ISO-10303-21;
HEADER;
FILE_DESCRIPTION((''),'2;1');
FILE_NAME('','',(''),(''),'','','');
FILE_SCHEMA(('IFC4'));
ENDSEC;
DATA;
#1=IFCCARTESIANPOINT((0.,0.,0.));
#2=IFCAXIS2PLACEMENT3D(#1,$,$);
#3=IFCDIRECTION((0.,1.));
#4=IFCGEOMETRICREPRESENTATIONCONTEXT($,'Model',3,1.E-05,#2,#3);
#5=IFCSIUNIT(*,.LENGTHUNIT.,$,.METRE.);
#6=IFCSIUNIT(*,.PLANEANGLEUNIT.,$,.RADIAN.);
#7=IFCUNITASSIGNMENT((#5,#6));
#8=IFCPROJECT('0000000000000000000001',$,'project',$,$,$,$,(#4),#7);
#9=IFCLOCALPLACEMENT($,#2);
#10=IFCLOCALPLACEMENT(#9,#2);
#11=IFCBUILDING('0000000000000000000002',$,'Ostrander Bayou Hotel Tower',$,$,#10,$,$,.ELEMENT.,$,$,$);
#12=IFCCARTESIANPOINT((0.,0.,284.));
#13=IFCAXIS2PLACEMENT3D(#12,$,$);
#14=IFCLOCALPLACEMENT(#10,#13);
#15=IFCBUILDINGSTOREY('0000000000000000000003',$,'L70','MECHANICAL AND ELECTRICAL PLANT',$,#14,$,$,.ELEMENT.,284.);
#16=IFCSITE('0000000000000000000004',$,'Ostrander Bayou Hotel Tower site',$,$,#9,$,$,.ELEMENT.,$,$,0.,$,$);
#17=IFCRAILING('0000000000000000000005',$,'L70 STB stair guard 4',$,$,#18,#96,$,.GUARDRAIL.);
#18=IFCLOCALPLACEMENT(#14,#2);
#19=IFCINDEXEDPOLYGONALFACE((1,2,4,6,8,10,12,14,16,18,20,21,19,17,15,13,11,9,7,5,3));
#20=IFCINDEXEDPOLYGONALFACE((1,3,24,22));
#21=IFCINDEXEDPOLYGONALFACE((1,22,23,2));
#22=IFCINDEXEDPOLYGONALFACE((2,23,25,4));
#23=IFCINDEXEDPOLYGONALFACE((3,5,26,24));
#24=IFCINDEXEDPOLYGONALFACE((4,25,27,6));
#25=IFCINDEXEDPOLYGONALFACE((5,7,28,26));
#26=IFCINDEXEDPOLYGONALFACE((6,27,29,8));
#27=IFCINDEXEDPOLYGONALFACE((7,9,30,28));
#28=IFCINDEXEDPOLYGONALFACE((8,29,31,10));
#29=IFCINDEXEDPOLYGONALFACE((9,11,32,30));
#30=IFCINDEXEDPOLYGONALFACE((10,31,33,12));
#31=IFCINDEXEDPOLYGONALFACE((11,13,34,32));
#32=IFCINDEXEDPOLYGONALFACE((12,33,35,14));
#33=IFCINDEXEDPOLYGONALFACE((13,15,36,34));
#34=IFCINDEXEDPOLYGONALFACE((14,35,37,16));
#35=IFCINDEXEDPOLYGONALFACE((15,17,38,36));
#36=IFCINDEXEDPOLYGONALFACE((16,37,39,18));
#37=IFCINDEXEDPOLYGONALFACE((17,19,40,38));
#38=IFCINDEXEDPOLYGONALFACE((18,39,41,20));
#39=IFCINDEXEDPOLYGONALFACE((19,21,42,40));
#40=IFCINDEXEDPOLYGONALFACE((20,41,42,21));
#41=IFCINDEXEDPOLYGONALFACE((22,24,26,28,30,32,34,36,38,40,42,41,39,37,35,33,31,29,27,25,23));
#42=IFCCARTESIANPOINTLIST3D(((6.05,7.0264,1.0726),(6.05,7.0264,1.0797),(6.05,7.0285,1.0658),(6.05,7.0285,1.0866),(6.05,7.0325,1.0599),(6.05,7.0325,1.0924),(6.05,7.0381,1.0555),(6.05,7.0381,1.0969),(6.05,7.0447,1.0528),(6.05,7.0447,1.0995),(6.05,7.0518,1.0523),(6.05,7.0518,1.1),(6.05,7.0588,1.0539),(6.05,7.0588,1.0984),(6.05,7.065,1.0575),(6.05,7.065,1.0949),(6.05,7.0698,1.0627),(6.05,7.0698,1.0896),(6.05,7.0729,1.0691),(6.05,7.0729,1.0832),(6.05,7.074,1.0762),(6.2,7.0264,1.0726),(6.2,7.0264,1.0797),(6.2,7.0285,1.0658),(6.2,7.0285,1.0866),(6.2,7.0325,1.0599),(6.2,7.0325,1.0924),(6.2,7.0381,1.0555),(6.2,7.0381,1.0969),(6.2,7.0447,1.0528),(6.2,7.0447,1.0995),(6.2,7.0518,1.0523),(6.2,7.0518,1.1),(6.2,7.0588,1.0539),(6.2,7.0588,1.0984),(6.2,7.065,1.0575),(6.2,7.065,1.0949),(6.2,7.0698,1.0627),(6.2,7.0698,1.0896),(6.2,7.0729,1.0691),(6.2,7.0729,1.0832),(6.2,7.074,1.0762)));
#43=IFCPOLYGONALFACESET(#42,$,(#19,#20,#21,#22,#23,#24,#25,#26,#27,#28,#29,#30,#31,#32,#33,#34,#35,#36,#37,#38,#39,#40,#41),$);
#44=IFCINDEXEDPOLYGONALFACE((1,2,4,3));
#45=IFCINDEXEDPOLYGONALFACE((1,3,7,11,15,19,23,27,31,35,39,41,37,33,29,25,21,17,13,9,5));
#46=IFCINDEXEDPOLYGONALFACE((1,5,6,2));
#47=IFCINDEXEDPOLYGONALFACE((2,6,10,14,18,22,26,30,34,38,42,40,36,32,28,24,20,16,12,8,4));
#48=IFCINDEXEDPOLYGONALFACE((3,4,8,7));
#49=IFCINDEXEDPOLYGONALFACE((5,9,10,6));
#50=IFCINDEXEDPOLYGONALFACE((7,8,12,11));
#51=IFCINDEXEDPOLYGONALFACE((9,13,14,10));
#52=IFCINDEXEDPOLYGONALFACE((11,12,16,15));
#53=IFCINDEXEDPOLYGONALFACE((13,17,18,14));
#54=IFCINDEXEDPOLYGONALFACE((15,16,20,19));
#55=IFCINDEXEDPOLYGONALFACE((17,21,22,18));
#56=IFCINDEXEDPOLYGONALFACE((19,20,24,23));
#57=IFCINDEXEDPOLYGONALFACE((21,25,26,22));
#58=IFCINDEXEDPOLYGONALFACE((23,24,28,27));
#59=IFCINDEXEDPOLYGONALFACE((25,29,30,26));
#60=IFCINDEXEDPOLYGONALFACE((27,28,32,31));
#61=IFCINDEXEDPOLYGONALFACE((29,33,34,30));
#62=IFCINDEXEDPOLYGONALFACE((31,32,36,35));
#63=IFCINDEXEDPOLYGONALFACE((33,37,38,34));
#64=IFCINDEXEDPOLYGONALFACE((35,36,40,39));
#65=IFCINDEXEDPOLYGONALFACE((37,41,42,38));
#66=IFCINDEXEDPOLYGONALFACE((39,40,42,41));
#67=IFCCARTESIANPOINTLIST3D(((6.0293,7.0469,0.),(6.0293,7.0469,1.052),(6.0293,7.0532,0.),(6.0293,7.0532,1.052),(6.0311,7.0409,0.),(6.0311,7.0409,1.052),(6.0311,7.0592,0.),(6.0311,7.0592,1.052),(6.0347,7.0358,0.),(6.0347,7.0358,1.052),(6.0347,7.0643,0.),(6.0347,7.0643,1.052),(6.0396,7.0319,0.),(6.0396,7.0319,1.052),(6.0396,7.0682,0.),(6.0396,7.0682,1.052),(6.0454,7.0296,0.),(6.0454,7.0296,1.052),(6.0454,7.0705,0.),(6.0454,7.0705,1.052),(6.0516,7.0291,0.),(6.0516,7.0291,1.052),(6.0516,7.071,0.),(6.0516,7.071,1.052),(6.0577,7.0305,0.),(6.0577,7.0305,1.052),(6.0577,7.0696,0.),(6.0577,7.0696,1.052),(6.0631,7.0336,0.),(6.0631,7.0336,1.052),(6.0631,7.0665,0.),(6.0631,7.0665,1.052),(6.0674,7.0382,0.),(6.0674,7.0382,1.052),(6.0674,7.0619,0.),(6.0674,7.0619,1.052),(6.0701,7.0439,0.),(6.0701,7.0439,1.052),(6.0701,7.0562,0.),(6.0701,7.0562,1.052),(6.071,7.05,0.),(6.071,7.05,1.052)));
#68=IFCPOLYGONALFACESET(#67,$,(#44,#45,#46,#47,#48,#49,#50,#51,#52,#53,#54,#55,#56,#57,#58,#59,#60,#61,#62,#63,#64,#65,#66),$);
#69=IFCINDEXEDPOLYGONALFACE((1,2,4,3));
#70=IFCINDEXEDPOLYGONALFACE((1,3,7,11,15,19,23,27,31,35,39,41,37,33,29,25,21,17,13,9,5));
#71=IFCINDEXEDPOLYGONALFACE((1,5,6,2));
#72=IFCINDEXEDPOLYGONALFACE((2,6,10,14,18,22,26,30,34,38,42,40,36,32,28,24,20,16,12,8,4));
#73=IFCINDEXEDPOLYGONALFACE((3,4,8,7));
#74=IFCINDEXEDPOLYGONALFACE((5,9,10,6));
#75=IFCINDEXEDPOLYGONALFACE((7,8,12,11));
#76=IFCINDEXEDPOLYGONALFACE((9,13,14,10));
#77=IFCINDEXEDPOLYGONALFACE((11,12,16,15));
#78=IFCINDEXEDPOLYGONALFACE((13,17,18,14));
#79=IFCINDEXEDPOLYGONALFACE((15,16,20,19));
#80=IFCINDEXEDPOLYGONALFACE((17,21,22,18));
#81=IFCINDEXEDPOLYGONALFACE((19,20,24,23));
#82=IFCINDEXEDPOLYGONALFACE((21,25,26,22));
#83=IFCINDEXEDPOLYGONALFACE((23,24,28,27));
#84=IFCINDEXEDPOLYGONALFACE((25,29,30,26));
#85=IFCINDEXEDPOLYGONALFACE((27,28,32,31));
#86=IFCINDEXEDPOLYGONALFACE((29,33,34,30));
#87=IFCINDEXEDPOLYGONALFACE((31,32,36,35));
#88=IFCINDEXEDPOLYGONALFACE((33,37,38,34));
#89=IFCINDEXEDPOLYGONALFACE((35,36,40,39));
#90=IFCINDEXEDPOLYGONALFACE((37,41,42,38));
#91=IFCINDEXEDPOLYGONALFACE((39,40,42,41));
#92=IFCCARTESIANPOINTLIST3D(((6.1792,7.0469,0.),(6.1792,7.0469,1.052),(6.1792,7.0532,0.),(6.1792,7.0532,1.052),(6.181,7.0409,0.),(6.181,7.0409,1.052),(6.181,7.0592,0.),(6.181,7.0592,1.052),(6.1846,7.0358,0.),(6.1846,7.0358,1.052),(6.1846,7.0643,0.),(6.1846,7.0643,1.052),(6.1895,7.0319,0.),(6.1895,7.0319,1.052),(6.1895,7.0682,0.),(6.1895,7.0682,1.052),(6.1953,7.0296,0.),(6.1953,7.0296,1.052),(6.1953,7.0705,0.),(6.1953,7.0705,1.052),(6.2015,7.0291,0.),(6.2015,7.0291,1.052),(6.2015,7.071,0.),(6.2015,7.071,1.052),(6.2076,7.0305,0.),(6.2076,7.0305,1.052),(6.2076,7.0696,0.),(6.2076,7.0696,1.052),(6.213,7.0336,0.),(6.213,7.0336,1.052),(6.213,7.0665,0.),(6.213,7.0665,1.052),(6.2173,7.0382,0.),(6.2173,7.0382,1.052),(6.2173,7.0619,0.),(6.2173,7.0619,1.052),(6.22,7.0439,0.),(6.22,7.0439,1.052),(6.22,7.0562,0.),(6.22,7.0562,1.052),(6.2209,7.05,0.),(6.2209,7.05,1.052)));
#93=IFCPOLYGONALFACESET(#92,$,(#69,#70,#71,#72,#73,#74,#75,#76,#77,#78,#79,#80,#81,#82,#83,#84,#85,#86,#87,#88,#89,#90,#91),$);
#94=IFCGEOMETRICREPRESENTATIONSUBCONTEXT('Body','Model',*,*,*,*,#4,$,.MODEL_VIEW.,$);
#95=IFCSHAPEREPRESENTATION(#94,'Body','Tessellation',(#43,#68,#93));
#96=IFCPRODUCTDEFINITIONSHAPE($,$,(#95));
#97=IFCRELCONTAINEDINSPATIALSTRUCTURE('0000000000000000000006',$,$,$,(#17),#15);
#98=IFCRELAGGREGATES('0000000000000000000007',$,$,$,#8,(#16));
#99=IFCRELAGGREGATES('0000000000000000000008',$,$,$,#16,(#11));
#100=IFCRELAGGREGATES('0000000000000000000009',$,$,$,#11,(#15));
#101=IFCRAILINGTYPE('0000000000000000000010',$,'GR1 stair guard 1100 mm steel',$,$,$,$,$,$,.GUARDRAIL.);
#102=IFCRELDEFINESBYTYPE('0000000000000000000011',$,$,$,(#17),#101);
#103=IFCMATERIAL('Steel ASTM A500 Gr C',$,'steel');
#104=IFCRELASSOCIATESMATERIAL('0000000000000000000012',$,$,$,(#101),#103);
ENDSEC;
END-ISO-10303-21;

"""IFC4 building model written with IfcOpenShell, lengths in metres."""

from ifc_helpers import new_model, si_unit, direction, frame, origin, origin_2d, place, context, subcontext, project, spatial, circle, extrude, material, type_object, element, save


model = new_model("IFC4")

# Units and contexts
model_context = context("Model", 3, precision=1e-05, world=origin(), true_north=direction((0.0, 1.0)))
body_context = subcontext(model_context, "Body", "Model", "MODEL_VIEW")
ifc_project = project(units=[si_unit("LENGTHUNIT", "METRE"), si_unit("PLANEANGLEUNIT", "RADIAN")], contexts=[model_context])

# Site, building, storey
site_placement = place(None, origin())
site = spatial("IfcSite", under=ifc_project, at=site_placement, Name="Ostrander Bayou Hotel Tower site", CompositionType="ELEMENT", RefElevation=0.0)
building_placement = place(site_placement, origin())
building = spatial("IfcBuilding", under=site, at=building_placement, Name="Ostrander Bayou Hotel Tower", CompositionType="ELEMENT")
storey_placement = place(building_placement, frame((0.0, 0.0, 284.0)))
storey = spatial("IfcBuildingStorey", under=building, at=storey_placement, Name="L70", Description="MECHANICAL AND ELECTRICAL PLANT", CompositionType="ELEMENT", Elevation=284.0)

# Railing
ifc_material_1 = material(Name="Steel ASTM A500 Gr C", Category="steel")
railing_type = type_object("IfcRailingType", Name="GR1 stair guard 1100 mm steel", PredefinedType="GUARDRAIL", material=ifc_material_1)
railing_1_placement = place(storey_placement, frame((6.05, 7.05, 0.0)))
element("IfcRailing", 1, at=railing_1_placement, inside=storey, type_object=railing_type, Name="L70 STB stair guard 4", PredefinedType="GUARDRAIL", context=body_context, shape_type="SweptSolid", body=[
    extrude(circle(Radius=0.0239, at=origin_2d()), frame((0.0, 0.0, 1.0762), z_axis=(1.0, 0.0, 0.0), x_axis=(0.0, 1.0, 0.0)), (0.0, 0.0, 1.0), 0.1499),
    extrude(circle(Radius=0.021, at=origin_2d()), origin(), (0.0, 0.0, 1.0), 1.052),
    extrude(circle(Radius=0.021, at=origin_2d()), frame((0.1499, 0.0, 0.0)), (0.0, 0.0, 1.0), 1.052),
])

save(model, "model.ifc")
